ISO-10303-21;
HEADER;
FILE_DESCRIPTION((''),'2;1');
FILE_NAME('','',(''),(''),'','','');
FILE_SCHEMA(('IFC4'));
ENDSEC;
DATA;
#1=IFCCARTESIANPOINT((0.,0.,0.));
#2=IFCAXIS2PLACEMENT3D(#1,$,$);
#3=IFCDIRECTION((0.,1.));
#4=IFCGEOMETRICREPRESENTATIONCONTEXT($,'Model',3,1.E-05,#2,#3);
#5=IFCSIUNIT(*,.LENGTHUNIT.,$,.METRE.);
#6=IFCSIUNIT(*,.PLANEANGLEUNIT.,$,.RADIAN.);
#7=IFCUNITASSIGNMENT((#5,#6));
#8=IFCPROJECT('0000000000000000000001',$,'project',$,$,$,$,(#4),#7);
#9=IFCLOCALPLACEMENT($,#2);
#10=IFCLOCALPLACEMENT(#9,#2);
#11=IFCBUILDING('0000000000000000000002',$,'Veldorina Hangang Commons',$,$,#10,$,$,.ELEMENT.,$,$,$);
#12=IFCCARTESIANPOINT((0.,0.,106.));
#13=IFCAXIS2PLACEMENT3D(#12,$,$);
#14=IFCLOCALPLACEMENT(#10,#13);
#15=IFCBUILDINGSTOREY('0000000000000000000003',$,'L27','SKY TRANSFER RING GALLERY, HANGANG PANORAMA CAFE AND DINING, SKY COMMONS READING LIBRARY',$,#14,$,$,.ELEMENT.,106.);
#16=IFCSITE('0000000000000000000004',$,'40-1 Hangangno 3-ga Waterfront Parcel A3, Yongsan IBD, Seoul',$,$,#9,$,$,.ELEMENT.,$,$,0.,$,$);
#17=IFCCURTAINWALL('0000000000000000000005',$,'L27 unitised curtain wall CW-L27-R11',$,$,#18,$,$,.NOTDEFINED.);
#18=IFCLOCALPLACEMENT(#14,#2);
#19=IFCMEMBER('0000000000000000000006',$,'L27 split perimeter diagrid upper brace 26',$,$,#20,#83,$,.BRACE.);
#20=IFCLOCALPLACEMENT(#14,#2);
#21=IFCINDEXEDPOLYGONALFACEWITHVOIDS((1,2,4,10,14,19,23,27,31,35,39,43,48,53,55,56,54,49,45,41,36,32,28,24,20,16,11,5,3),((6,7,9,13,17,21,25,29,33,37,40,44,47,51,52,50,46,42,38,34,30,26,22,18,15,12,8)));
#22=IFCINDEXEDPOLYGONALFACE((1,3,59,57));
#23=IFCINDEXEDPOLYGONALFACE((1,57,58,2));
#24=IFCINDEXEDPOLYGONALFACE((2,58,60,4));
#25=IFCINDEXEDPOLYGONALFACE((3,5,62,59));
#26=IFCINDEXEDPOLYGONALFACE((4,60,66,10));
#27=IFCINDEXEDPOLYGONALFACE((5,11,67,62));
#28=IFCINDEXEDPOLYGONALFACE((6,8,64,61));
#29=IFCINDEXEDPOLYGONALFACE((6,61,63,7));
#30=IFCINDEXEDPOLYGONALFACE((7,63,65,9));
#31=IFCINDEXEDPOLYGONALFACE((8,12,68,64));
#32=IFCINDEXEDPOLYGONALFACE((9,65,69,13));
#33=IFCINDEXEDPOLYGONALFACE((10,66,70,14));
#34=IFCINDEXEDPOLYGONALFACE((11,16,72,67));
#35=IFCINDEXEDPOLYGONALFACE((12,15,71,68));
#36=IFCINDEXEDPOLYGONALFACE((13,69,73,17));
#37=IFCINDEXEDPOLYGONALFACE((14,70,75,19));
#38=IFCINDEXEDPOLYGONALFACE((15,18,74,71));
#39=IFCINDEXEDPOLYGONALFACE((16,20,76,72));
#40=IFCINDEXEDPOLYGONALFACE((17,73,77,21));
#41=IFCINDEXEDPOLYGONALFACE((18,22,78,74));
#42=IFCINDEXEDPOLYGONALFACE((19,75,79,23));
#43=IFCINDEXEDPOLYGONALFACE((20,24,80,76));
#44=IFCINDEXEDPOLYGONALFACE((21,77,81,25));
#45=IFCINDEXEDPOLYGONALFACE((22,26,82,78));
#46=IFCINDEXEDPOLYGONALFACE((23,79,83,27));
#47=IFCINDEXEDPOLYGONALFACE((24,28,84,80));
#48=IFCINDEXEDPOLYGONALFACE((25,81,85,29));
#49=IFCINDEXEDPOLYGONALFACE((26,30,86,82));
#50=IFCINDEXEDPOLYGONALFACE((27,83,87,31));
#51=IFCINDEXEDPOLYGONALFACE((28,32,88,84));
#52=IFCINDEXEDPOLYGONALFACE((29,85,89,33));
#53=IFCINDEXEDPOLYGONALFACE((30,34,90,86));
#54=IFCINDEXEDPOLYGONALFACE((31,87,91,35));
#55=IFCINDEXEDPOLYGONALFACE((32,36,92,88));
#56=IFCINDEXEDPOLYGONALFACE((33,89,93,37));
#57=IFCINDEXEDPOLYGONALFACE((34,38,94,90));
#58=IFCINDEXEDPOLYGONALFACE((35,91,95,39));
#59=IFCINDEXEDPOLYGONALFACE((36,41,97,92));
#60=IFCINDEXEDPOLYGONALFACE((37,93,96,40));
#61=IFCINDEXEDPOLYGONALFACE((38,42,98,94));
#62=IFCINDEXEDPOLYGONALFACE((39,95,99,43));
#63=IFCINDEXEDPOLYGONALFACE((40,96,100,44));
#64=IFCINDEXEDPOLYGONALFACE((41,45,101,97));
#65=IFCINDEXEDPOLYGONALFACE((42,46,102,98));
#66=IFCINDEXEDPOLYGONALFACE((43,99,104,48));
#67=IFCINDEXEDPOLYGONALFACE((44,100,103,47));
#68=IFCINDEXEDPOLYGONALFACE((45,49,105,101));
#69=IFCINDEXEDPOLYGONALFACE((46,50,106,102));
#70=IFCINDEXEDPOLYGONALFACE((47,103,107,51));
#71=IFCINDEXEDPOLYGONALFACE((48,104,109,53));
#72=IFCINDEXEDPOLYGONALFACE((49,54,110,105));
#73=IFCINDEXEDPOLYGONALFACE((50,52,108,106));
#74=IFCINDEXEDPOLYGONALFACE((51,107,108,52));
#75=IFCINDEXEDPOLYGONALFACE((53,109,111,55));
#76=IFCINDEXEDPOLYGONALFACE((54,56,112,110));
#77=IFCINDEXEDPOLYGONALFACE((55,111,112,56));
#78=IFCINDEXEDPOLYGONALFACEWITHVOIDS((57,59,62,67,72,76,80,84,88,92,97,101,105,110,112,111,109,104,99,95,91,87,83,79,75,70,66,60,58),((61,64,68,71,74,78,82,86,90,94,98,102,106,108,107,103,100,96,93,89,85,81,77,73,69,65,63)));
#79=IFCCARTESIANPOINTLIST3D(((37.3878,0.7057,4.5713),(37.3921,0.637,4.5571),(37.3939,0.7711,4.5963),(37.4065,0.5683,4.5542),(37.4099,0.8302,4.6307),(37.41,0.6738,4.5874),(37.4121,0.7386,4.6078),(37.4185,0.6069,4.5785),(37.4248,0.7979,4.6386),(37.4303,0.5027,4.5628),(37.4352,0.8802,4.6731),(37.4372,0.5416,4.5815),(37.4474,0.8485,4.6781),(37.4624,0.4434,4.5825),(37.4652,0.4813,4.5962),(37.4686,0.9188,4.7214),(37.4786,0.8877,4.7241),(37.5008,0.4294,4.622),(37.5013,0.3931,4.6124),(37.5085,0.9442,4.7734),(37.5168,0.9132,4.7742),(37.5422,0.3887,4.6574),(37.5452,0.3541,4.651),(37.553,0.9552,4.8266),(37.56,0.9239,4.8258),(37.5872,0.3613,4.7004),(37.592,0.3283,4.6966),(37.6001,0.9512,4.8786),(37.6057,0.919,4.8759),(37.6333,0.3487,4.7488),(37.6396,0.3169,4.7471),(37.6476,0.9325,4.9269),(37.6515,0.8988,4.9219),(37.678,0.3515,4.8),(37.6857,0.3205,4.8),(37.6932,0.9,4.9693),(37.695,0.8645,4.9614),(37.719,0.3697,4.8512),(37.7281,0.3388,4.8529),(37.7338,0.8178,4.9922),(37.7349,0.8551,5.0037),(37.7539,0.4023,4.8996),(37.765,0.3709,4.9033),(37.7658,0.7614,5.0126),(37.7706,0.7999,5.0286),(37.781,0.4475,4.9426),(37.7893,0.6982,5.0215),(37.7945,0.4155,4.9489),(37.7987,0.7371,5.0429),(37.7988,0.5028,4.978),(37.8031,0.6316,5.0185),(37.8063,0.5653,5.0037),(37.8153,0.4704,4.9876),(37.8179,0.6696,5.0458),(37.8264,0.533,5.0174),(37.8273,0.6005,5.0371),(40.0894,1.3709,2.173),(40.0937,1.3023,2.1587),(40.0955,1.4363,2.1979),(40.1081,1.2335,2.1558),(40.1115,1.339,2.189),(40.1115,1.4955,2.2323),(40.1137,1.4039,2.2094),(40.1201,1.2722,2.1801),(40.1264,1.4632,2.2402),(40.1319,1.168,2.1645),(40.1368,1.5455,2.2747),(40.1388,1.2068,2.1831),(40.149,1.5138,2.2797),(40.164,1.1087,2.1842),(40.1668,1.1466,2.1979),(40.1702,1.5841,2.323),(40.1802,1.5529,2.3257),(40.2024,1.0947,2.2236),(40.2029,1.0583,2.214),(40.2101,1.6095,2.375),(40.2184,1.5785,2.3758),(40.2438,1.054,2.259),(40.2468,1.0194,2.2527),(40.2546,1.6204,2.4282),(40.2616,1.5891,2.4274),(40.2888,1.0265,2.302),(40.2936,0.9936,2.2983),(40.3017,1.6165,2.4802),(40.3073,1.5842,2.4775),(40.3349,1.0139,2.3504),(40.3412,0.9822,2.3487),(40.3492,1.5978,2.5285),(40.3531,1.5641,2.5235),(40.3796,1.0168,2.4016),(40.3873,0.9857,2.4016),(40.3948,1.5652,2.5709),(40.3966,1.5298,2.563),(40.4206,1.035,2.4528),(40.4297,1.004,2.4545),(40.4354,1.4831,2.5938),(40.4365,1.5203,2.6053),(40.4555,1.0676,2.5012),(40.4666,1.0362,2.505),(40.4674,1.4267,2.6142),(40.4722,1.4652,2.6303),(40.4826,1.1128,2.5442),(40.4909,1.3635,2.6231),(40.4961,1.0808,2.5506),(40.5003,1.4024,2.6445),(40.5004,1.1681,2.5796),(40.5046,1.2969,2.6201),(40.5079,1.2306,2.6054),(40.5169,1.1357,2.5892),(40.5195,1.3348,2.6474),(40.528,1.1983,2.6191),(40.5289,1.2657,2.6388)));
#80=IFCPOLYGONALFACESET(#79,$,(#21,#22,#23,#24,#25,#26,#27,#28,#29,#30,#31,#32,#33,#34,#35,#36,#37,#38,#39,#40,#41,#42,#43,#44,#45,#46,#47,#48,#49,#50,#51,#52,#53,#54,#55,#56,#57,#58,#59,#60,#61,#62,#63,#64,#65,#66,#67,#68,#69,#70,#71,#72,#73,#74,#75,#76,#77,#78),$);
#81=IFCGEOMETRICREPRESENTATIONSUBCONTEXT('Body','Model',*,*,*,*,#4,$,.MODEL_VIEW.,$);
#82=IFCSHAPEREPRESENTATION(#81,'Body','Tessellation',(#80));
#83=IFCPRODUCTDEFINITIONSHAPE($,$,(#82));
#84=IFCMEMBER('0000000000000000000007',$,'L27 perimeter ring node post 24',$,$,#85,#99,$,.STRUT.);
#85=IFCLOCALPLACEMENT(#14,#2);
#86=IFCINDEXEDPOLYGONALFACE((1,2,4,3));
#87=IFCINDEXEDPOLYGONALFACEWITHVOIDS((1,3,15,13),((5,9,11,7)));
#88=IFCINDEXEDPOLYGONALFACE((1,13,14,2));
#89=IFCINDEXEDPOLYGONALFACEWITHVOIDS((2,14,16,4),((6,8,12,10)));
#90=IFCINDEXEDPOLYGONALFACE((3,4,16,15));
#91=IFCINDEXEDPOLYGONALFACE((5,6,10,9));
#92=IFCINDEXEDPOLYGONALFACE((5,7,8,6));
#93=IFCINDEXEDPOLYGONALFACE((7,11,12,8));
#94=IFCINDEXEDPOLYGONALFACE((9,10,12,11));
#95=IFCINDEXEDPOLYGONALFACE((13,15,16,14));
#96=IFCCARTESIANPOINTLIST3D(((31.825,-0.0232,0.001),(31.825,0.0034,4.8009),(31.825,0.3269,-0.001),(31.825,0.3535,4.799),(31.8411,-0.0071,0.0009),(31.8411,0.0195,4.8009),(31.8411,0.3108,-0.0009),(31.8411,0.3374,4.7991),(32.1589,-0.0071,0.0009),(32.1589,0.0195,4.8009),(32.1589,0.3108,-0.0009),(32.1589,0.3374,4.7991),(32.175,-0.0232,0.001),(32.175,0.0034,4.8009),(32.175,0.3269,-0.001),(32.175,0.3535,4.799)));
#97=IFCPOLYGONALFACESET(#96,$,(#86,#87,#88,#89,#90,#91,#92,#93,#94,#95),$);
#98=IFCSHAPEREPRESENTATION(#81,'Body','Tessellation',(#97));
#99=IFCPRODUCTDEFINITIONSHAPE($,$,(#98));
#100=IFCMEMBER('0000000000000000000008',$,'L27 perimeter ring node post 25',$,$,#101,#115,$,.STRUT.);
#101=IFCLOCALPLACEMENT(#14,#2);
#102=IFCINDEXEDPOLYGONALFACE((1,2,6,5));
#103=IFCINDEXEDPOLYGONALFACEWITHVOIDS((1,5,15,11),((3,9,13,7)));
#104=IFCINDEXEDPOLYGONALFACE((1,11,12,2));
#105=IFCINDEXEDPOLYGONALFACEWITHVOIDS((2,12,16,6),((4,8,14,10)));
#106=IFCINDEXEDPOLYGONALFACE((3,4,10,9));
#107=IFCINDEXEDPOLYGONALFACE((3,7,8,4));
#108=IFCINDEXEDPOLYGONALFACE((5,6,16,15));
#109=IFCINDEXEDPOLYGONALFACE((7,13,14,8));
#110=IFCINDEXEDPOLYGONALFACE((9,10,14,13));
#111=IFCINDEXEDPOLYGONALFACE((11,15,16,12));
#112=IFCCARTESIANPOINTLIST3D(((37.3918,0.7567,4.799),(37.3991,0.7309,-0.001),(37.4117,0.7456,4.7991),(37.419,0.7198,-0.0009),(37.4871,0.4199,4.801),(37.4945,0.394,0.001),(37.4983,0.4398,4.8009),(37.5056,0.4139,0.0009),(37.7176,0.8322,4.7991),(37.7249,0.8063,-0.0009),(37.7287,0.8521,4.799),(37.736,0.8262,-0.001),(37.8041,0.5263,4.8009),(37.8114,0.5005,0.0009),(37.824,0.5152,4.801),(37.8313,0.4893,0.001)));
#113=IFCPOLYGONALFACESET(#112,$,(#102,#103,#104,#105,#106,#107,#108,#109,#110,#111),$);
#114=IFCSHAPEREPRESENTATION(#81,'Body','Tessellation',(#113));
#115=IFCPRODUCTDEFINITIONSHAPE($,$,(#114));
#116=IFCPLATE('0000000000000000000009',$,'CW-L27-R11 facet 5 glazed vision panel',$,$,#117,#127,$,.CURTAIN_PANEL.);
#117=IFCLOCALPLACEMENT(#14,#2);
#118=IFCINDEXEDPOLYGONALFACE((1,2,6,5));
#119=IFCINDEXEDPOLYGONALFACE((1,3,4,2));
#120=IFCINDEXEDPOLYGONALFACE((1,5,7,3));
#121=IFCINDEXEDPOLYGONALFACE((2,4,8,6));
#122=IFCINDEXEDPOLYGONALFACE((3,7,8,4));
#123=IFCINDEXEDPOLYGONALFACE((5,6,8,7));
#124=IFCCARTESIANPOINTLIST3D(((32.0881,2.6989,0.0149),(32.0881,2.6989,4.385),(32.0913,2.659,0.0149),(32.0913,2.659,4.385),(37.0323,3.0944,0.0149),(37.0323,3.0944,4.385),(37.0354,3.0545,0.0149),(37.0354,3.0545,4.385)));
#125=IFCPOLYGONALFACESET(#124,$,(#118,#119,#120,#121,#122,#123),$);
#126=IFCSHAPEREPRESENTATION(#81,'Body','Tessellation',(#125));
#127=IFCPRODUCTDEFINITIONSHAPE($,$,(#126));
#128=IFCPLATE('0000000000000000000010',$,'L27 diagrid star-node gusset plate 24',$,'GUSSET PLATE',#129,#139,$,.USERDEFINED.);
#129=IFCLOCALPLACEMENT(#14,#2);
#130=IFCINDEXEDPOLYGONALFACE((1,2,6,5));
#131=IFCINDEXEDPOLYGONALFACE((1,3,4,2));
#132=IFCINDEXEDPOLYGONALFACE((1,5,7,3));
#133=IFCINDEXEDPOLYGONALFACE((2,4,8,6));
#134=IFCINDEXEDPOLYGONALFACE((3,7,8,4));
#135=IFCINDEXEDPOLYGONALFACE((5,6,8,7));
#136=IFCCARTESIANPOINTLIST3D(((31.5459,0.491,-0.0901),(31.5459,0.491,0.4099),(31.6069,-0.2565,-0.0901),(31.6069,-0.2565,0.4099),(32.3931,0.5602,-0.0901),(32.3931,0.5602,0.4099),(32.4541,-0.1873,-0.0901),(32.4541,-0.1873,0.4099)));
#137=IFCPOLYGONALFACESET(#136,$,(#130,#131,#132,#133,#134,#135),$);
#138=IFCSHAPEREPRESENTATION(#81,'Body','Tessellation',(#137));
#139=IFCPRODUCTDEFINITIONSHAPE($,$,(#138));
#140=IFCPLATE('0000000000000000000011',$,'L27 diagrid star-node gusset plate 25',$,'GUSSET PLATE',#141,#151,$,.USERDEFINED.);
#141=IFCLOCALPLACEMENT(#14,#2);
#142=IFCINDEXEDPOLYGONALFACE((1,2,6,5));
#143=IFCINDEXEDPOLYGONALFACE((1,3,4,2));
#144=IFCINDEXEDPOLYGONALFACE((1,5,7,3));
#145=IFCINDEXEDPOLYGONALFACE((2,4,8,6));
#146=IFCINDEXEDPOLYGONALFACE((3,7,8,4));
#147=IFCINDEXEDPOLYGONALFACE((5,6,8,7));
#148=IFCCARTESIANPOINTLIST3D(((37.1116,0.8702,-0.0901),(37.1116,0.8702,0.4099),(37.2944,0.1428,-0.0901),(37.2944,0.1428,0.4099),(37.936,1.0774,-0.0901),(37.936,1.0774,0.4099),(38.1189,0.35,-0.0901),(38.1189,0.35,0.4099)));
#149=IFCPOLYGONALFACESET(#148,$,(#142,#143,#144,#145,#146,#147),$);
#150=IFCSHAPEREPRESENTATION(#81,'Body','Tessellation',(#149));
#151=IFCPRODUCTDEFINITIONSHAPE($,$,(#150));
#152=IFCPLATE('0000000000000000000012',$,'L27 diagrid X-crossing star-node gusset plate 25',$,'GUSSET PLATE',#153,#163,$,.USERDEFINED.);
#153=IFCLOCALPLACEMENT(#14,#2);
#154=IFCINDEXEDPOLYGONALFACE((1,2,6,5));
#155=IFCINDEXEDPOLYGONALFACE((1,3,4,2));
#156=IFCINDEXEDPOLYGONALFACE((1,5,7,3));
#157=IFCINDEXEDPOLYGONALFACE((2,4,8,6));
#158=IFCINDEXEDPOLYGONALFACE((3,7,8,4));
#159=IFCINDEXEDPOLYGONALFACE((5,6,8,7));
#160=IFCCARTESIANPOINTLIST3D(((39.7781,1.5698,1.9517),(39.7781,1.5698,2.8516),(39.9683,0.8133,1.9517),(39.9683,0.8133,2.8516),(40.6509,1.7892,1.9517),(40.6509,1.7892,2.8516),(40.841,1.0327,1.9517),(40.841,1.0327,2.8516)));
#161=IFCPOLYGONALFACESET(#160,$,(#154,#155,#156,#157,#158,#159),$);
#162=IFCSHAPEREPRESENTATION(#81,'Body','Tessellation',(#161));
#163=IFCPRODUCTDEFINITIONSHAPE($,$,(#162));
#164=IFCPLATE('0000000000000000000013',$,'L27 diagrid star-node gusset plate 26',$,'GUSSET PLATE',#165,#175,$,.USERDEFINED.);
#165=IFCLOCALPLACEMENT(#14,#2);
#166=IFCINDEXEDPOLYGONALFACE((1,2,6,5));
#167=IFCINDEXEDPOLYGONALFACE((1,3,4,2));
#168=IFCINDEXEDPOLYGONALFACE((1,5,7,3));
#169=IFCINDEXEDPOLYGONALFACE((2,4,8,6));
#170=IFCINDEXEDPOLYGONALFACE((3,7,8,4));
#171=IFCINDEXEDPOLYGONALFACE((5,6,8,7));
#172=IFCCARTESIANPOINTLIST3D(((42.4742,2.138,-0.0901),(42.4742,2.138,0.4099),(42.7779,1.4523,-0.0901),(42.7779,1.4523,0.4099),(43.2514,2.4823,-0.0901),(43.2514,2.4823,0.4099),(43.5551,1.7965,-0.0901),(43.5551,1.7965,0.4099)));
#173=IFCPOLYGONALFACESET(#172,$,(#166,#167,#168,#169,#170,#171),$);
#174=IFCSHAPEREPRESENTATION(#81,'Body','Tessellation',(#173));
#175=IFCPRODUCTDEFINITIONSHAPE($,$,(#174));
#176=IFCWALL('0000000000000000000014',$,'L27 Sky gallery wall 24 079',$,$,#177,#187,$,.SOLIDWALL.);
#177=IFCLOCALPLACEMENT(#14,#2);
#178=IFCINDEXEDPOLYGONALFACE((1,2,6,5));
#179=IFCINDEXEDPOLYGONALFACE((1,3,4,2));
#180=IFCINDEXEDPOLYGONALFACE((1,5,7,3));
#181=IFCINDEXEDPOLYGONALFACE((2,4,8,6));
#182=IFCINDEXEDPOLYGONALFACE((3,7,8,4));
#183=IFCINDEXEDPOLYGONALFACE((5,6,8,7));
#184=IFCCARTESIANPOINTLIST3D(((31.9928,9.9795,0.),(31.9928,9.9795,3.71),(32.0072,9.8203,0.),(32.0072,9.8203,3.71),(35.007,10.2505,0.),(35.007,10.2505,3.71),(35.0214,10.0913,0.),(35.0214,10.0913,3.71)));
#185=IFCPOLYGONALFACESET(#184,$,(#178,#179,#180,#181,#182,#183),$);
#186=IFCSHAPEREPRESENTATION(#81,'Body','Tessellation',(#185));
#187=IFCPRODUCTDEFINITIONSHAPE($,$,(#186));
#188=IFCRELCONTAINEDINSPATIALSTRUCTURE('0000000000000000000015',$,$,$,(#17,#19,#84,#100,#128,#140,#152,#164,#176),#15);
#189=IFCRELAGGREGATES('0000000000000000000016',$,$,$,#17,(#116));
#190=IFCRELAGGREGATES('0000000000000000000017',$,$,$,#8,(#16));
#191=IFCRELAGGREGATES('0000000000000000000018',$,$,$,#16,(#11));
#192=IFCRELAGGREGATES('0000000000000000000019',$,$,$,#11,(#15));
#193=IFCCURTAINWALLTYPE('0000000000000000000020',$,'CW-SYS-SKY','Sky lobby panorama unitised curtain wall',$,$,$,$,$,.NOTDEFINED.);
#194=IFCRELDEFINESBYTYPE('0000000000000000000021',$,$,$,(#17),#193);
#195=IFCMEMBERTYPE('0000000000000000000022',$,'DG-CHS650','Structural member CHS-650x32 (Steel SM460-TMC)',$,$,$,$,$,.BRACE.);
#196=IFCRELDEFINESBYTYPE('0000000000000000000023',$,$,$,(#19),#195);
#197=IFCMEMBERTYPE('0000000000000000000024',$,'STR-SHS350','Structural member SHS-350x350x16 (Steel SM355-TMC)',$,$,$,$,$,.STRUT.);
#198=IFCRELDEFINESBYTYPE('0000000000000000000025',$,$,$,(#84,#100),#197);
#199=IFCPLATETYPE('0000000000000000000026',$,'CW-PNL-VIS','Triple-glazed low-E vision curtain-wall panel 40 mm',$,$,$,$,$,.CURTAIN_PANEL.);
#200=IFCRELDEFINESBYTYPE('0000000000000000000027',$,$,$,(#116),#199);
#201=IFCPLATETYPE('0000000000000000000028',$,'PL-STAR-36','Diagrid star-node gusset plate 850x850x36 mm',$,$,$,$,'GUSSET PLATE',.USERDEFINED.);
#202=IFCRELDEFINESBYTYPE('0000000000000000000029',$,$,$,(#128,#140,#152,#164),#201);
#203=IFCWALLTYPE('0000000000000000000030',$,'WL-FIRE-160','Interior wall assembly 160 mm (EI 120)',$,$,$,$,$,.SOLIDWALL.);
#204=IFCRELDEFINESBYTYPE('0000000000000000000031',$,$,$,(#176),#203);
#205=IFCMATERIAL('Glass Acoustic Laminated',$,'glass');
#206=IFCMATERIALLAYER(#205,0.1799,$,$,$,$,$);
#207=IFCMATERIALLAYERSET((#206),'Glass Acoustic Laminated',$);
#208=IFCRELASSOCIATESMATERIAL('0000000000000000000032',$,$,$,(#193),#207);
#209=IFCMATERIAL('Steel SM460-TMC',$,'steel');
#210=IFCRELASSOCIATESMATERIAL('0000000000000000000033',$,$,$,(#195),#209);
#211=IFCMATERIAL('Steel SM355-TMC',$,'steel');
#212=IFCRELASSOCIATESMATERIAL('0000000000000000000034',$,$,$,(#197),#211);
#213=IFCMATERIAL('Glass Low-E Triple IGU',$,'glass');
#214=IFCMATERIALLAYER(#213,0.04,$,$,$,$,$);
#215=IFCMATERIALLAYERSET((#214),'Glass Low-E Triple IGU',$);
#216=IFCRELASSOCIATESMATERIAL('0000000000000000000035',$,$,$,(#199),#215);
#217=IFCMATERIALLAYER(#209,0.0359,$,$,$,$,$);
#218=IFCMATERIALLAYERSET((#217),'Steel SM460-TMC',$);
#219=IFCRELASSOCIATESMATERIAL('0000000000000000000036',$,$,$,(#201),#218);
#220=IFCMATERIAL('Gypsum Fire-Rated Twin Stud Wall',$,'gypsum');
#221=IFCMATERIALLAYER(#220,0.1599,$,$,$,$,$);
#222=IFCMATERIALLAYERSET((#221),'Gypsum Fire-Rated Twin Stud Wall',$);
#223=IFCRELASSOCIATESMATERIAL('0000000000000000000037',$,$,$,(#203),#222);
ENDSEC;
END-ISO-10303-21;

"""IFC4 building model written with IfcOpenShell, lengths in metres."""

from ifc_helpers import new_model, si_unit, direction, frame, frame_2d, origin, origin_2d, place, context, subcontext, project, spatial, rectangle, hollow_rectangle, hollow_circle, extrude, material, layer, layer_set, material_profile, profile_set, type_object, element, aggregate, save


model = new_model("IFC4")

# Units and contexts
model_context = context("Model", 3, precision=1e-05, world=origin(), true_north=direction((0.0, 1.0)))
body_context = subcontext(model_context, "Body", "Model", "MODEL_VIEW")
ifc_project = project(units=[si_unit("LENGTHUNIT", "METRE"), si_unit("PLANEANGLEUNIT", "RADIAN")], contexts=[model_context])

# Site, building, storey
site_placement = place(None, origin())
site = spatial("IfcSite", under=ifc_project, at=site_placement, Name="40-1 Hangangno 3-ga Waterfront Parcel A3, Yongsan IBD, Seoul", CompositionType="ELEMENT", RefElevation=0.0)
building_placement = place(site_placement, origin())
building = spatial("IfcBuilding", under=site, at=building_placement, Name="Veldorina Hangang Commons", CompositionType="ELEMENT")
storey_placement = place(building_placement, frame((0.0, 0.0, 106.0)))
storey = spatial("IfcBuildingStorey", under=building, at=storey_placement, Name="L27", Description="SKY TRANSFER RING GALLERY, HANGANG PANORAMA CAFE AND DINING, SKY COMMONS READING LIBRARY", CompositionType="ELEMENT", Elevation=106.0)

# Shared definitions
ifc_material_1 = material(Name="Steel SM355-TMC", Category="steel")

# Curtain wall
ifc_material_2 = material(Name="Glass Acoustic Laminated", Category="glass")
ifc_layer_1 = layer(ifc_material_2, 0.1799)
ifc_layer_set_1 = layer_set([ifc_layer_1], Name="Glass Acoustic Laminated")
curtain_wall_type = type_object("IfcCurtainWallType", Name="CW-SYS-SKY", Description="Sky lobby panorama unitised curtain wall", PredefinedType="NOTDEFINED", material=ifc_layer_set_1)
curtain_wall_1_placement = place(storey_placement, origin())
curtain_wall_1 = element("IfcCurtainWall", 1, at=curtain_wall_1_placement, inside=storey, type_object=curtain_wall_type, Name="L27 unitised curtain wall CW-L27-R11", PredefinedType="NOTDEFINED")

# Members
ifc_material_3 = material(Name="Steel SM460-TMC", Category="steel")
ifc_material_profile_1 = material_profile(ifc_material_3, hollow_circle(Radius=0.325, WallThickness=0.032, at=origin_2d()), Name="CHS-650x32")
ifc_profile_set_1 = profile_set([ifc_material_profile_1], Name="Steel SM460-TMC")
member_type_1 = type_object("IfcMemberType", Name="DG-CHS650", Description="Structural member CHS-650x32 (Steel SM460-TMC)", PredefinedType="BRACE", material=ifc_profile_set_1)
member_1_placement = place(storey_placement, frame((40.3096, 1.3013, 2.4016), z_axis=(-0.73546, -0.181107, 0.652915), x_axis=(0.239107, -0.970993, 0.0)))
element("IfcMember", 2, at=member_1_placement, inside=storey, type_object=member_type_1, Name="L27 split perimeter diagrid upper brace 26", PredefinedType="BRACE", context=body_context, shape_type="SweptSolid", body=[
    extrude(hollow_circle(Radius=0.325, WallThickness=0.032, at=origin_2d()), origin(), (0.0, 0.0, 1.0), 3.6733),
])
ifc_material_profile_2 = material_profile(ifc_material_1, hollow_rectangle(XDim=0.3501, YDim=0.3501, WallThickness=0.0161, at=origin_2d()), Name="SHS-350x350x16")
ifc_profile_set_2 = profile_set([ifc_material_profile_2], Name="Steel SM355-TMC")
member_type_2 = type_object("IfcMemberType", Name="STR-SHS350", Description="Structural member SHS-350x350x16 (Steel SM355-TMC)", PredefinedType="STRUT", material=ifc_profile_set_2)
for number, where, z_axis, x_axis, name in (
    (3, (32.0, 0.1519, 0.0), (0.0, 0.005544, 0.999985), (-1.0, 0.0, 0.0), "L27 perimeter ring node post 24"),
    (4, (37.6152, 0.6101, 0.0), (-0.001526, 0.005391, 0.999984), (-0.962206, -0.272322, 0.0), "L27 perimeter ring node post 25"),
):
    element("IfcMember", number, at=place(storey_placement, frame(where, z_axis=z_axis, x_axis=x_axis)), inside=storey, type_object=member_type_2, Name=name, PredefinedType="STRUT", context=body_context, shape_type="SweptSolid", body=[
        extrude(hollow_rectangle(XDim=0.3501, YDim=0.3501, WallThickness=0.0161, at=origin_2d()), origin(), (0.0, 0.0, 1.0), 4.8),
    ])

# Plate
ifc_material_4 = material(Name="Glass Low-E Triple IGU", Category="glass")
ifc_layer_2 = layer(ifc_material_4, 0.04)
ifc_layer_set_2 = layer_set([ifc_layer_2], Name="Glass Low-E Triple IGU")
plate_type_1 = type_object("IfcPlateType", Name="CW-PNL-VIS", Description="Triple-glazed low-E vision curtain-wall panel 40 mm", PredefinedType="CURTAIN_PANEL", material=ifc_layer_set_2)
plate_1_placement = place(storey_placement, frame((34.5618, 2.8767, 0.0149), z_axis=(0.0, 0.0, 1.0), x_axis=(0.996817, 0.079729, 0.0)))
plate_1 = element("IfcPlate", 5, at=plate_1_placement, type_object=plate_type_1, Name="CW-L27-R11 facet 5 glazed vision panel", PredefinedType="CURTAIN_PANEL", context=body_context, shape_type="SweptSolid", body=[
    extrude(rectangle(XDim=4.96, YDim=0.04, at=origin_2d()), origin(), (0.0, 0.0, 1.0), 4.3701),
])
aggregate(curtain_wall_1, [plate_1])

# Plates
ifc_layer_3 = layer(ifc_material_3, 0.0359)
ifc_layer_set_3 = layer_set([ifc_layer_3], Name="Steel SM460-TMC")
plate_type_2 = type_object("IfcPlateType", Name="PL-STAR-36", Description="Diagrid star-node gusset plate 850x850x36 mm", ElementType="GUSSET PLATE", PredefinedType="USERDEFINED", material=ifc_layer_set_3)
for number, where, z_axis, x_axis, name in (
    (6, (32.0, 0.1519, -0.0901), (0.0, 0.0, 1.0), (0.996687, 0.08133, 0.0), "L27 diagrid star-node gusset plate 24"),
    (7, (37.6152, 0.6101, -0.0901), (0.0, 0.0, 1.0), (0.969834, 0.243767, 0.0), "L27 diagrid star-node gusset plate 25"),
):
    element("IfcPlate", number, at=place(storey_placement, frame(where, z_axis=z_axis, x_axis=x_axis)), inside=storey, type_object=plate_type_2, Name=name, ObjectType="GUSSET PLATE", PredefinedType="USERDEFINED", context=body_context, shape_type="SweptSolid", body=[
        extrude(rectangle(XDim=0.8501, YDim=0.75, at=origin_2d()), origin(), (0.0, 0.0, 1.0), 0.5),
    ])
plate_2_placement = place(storey_placement, frame((40.3096, 1.3013, 1.9517), z_axis=(0.0, 0.0, 1.0), x_axis=(0.969834, 0.243767, 0.0)))
element("IfcPlate", 8, at=plate_2_placement, inside=storey, type_object=plate_type_2, Name="L27 diagrid X-crossing star-node gusset plate 25", ObjectType="GUSSET PLATE", PredefinedType="USERDEFINED", context=body_context, shape_type="SweptSolid", body=[
    extrude(rectangle(XDim=0.8999, YDim=0.78, at=origin_2d()), origin(), (0.0, 0.0, 1.0), 0.8999),
])
plate_3_placement = place(storey_placement, frame((43.0146, 1.9673, -0.0901), z_axis=(0.0, 0.0, 1.0), x_axis=(0.914346, 0.404934, 0.0)))
element("IfcPlate", 9, at=plate_3_placement, inside=storey, type_object=plate_type_2, Name="L27 diagrid star-node gusset plate 26", ObjectType="GUSSET PLATE", PredefinedType="USERDEFINED", context=body_context, shape_type="SweptSolid", body=[
    extrude(rectangle(XDim=0.8501, YDim=0.75, at=origin_2d()), origin(), (0.0, 0.0, 1.0), 0.5),
])

# Wall
ifc_material_5 = material(Name="Gypsum Fire-Rated Twin Stud Wall", Category="gypsum")
ifc_layer_4 = layer(ifc_material_5, 0.1599)
ifc_layer_set_4 = layer_set([ifc_layer_4], Name="Gypsum Fire-Rated Twin Stud Wall")
wall_type_1 = type_object("IfcWallType", Name="WL-FIRE-160", Description="Interior wall assembly 160 mm (EI 120)", PredefinedType="SOLIDWALL", material=ifc_layer_set_4)
wall_1_placement = place(storey_placement, frame((32.0, 9.8999, 0.0), z_axis=(0.0, 0.0, 1.0), x_axis=(0.995983, 0.089546, 0.0)))
element("IfcWall", 10, at=wall_1_placement, inside=storey, type_object=wall_type_1, Name="L27 Sky gallery wall 24 079", PredefinedType="SOLIDWALL", context=body_context, shape_type="SweptSolid", body=[
    extrude(rectangle(XDim=3.0264, YDim=0.1599, at=frame_2d((1.5132, 0.0))), origin(), (0.0, 0.0, 1.0), 3.71),
])

save(model, "model.ifc")
